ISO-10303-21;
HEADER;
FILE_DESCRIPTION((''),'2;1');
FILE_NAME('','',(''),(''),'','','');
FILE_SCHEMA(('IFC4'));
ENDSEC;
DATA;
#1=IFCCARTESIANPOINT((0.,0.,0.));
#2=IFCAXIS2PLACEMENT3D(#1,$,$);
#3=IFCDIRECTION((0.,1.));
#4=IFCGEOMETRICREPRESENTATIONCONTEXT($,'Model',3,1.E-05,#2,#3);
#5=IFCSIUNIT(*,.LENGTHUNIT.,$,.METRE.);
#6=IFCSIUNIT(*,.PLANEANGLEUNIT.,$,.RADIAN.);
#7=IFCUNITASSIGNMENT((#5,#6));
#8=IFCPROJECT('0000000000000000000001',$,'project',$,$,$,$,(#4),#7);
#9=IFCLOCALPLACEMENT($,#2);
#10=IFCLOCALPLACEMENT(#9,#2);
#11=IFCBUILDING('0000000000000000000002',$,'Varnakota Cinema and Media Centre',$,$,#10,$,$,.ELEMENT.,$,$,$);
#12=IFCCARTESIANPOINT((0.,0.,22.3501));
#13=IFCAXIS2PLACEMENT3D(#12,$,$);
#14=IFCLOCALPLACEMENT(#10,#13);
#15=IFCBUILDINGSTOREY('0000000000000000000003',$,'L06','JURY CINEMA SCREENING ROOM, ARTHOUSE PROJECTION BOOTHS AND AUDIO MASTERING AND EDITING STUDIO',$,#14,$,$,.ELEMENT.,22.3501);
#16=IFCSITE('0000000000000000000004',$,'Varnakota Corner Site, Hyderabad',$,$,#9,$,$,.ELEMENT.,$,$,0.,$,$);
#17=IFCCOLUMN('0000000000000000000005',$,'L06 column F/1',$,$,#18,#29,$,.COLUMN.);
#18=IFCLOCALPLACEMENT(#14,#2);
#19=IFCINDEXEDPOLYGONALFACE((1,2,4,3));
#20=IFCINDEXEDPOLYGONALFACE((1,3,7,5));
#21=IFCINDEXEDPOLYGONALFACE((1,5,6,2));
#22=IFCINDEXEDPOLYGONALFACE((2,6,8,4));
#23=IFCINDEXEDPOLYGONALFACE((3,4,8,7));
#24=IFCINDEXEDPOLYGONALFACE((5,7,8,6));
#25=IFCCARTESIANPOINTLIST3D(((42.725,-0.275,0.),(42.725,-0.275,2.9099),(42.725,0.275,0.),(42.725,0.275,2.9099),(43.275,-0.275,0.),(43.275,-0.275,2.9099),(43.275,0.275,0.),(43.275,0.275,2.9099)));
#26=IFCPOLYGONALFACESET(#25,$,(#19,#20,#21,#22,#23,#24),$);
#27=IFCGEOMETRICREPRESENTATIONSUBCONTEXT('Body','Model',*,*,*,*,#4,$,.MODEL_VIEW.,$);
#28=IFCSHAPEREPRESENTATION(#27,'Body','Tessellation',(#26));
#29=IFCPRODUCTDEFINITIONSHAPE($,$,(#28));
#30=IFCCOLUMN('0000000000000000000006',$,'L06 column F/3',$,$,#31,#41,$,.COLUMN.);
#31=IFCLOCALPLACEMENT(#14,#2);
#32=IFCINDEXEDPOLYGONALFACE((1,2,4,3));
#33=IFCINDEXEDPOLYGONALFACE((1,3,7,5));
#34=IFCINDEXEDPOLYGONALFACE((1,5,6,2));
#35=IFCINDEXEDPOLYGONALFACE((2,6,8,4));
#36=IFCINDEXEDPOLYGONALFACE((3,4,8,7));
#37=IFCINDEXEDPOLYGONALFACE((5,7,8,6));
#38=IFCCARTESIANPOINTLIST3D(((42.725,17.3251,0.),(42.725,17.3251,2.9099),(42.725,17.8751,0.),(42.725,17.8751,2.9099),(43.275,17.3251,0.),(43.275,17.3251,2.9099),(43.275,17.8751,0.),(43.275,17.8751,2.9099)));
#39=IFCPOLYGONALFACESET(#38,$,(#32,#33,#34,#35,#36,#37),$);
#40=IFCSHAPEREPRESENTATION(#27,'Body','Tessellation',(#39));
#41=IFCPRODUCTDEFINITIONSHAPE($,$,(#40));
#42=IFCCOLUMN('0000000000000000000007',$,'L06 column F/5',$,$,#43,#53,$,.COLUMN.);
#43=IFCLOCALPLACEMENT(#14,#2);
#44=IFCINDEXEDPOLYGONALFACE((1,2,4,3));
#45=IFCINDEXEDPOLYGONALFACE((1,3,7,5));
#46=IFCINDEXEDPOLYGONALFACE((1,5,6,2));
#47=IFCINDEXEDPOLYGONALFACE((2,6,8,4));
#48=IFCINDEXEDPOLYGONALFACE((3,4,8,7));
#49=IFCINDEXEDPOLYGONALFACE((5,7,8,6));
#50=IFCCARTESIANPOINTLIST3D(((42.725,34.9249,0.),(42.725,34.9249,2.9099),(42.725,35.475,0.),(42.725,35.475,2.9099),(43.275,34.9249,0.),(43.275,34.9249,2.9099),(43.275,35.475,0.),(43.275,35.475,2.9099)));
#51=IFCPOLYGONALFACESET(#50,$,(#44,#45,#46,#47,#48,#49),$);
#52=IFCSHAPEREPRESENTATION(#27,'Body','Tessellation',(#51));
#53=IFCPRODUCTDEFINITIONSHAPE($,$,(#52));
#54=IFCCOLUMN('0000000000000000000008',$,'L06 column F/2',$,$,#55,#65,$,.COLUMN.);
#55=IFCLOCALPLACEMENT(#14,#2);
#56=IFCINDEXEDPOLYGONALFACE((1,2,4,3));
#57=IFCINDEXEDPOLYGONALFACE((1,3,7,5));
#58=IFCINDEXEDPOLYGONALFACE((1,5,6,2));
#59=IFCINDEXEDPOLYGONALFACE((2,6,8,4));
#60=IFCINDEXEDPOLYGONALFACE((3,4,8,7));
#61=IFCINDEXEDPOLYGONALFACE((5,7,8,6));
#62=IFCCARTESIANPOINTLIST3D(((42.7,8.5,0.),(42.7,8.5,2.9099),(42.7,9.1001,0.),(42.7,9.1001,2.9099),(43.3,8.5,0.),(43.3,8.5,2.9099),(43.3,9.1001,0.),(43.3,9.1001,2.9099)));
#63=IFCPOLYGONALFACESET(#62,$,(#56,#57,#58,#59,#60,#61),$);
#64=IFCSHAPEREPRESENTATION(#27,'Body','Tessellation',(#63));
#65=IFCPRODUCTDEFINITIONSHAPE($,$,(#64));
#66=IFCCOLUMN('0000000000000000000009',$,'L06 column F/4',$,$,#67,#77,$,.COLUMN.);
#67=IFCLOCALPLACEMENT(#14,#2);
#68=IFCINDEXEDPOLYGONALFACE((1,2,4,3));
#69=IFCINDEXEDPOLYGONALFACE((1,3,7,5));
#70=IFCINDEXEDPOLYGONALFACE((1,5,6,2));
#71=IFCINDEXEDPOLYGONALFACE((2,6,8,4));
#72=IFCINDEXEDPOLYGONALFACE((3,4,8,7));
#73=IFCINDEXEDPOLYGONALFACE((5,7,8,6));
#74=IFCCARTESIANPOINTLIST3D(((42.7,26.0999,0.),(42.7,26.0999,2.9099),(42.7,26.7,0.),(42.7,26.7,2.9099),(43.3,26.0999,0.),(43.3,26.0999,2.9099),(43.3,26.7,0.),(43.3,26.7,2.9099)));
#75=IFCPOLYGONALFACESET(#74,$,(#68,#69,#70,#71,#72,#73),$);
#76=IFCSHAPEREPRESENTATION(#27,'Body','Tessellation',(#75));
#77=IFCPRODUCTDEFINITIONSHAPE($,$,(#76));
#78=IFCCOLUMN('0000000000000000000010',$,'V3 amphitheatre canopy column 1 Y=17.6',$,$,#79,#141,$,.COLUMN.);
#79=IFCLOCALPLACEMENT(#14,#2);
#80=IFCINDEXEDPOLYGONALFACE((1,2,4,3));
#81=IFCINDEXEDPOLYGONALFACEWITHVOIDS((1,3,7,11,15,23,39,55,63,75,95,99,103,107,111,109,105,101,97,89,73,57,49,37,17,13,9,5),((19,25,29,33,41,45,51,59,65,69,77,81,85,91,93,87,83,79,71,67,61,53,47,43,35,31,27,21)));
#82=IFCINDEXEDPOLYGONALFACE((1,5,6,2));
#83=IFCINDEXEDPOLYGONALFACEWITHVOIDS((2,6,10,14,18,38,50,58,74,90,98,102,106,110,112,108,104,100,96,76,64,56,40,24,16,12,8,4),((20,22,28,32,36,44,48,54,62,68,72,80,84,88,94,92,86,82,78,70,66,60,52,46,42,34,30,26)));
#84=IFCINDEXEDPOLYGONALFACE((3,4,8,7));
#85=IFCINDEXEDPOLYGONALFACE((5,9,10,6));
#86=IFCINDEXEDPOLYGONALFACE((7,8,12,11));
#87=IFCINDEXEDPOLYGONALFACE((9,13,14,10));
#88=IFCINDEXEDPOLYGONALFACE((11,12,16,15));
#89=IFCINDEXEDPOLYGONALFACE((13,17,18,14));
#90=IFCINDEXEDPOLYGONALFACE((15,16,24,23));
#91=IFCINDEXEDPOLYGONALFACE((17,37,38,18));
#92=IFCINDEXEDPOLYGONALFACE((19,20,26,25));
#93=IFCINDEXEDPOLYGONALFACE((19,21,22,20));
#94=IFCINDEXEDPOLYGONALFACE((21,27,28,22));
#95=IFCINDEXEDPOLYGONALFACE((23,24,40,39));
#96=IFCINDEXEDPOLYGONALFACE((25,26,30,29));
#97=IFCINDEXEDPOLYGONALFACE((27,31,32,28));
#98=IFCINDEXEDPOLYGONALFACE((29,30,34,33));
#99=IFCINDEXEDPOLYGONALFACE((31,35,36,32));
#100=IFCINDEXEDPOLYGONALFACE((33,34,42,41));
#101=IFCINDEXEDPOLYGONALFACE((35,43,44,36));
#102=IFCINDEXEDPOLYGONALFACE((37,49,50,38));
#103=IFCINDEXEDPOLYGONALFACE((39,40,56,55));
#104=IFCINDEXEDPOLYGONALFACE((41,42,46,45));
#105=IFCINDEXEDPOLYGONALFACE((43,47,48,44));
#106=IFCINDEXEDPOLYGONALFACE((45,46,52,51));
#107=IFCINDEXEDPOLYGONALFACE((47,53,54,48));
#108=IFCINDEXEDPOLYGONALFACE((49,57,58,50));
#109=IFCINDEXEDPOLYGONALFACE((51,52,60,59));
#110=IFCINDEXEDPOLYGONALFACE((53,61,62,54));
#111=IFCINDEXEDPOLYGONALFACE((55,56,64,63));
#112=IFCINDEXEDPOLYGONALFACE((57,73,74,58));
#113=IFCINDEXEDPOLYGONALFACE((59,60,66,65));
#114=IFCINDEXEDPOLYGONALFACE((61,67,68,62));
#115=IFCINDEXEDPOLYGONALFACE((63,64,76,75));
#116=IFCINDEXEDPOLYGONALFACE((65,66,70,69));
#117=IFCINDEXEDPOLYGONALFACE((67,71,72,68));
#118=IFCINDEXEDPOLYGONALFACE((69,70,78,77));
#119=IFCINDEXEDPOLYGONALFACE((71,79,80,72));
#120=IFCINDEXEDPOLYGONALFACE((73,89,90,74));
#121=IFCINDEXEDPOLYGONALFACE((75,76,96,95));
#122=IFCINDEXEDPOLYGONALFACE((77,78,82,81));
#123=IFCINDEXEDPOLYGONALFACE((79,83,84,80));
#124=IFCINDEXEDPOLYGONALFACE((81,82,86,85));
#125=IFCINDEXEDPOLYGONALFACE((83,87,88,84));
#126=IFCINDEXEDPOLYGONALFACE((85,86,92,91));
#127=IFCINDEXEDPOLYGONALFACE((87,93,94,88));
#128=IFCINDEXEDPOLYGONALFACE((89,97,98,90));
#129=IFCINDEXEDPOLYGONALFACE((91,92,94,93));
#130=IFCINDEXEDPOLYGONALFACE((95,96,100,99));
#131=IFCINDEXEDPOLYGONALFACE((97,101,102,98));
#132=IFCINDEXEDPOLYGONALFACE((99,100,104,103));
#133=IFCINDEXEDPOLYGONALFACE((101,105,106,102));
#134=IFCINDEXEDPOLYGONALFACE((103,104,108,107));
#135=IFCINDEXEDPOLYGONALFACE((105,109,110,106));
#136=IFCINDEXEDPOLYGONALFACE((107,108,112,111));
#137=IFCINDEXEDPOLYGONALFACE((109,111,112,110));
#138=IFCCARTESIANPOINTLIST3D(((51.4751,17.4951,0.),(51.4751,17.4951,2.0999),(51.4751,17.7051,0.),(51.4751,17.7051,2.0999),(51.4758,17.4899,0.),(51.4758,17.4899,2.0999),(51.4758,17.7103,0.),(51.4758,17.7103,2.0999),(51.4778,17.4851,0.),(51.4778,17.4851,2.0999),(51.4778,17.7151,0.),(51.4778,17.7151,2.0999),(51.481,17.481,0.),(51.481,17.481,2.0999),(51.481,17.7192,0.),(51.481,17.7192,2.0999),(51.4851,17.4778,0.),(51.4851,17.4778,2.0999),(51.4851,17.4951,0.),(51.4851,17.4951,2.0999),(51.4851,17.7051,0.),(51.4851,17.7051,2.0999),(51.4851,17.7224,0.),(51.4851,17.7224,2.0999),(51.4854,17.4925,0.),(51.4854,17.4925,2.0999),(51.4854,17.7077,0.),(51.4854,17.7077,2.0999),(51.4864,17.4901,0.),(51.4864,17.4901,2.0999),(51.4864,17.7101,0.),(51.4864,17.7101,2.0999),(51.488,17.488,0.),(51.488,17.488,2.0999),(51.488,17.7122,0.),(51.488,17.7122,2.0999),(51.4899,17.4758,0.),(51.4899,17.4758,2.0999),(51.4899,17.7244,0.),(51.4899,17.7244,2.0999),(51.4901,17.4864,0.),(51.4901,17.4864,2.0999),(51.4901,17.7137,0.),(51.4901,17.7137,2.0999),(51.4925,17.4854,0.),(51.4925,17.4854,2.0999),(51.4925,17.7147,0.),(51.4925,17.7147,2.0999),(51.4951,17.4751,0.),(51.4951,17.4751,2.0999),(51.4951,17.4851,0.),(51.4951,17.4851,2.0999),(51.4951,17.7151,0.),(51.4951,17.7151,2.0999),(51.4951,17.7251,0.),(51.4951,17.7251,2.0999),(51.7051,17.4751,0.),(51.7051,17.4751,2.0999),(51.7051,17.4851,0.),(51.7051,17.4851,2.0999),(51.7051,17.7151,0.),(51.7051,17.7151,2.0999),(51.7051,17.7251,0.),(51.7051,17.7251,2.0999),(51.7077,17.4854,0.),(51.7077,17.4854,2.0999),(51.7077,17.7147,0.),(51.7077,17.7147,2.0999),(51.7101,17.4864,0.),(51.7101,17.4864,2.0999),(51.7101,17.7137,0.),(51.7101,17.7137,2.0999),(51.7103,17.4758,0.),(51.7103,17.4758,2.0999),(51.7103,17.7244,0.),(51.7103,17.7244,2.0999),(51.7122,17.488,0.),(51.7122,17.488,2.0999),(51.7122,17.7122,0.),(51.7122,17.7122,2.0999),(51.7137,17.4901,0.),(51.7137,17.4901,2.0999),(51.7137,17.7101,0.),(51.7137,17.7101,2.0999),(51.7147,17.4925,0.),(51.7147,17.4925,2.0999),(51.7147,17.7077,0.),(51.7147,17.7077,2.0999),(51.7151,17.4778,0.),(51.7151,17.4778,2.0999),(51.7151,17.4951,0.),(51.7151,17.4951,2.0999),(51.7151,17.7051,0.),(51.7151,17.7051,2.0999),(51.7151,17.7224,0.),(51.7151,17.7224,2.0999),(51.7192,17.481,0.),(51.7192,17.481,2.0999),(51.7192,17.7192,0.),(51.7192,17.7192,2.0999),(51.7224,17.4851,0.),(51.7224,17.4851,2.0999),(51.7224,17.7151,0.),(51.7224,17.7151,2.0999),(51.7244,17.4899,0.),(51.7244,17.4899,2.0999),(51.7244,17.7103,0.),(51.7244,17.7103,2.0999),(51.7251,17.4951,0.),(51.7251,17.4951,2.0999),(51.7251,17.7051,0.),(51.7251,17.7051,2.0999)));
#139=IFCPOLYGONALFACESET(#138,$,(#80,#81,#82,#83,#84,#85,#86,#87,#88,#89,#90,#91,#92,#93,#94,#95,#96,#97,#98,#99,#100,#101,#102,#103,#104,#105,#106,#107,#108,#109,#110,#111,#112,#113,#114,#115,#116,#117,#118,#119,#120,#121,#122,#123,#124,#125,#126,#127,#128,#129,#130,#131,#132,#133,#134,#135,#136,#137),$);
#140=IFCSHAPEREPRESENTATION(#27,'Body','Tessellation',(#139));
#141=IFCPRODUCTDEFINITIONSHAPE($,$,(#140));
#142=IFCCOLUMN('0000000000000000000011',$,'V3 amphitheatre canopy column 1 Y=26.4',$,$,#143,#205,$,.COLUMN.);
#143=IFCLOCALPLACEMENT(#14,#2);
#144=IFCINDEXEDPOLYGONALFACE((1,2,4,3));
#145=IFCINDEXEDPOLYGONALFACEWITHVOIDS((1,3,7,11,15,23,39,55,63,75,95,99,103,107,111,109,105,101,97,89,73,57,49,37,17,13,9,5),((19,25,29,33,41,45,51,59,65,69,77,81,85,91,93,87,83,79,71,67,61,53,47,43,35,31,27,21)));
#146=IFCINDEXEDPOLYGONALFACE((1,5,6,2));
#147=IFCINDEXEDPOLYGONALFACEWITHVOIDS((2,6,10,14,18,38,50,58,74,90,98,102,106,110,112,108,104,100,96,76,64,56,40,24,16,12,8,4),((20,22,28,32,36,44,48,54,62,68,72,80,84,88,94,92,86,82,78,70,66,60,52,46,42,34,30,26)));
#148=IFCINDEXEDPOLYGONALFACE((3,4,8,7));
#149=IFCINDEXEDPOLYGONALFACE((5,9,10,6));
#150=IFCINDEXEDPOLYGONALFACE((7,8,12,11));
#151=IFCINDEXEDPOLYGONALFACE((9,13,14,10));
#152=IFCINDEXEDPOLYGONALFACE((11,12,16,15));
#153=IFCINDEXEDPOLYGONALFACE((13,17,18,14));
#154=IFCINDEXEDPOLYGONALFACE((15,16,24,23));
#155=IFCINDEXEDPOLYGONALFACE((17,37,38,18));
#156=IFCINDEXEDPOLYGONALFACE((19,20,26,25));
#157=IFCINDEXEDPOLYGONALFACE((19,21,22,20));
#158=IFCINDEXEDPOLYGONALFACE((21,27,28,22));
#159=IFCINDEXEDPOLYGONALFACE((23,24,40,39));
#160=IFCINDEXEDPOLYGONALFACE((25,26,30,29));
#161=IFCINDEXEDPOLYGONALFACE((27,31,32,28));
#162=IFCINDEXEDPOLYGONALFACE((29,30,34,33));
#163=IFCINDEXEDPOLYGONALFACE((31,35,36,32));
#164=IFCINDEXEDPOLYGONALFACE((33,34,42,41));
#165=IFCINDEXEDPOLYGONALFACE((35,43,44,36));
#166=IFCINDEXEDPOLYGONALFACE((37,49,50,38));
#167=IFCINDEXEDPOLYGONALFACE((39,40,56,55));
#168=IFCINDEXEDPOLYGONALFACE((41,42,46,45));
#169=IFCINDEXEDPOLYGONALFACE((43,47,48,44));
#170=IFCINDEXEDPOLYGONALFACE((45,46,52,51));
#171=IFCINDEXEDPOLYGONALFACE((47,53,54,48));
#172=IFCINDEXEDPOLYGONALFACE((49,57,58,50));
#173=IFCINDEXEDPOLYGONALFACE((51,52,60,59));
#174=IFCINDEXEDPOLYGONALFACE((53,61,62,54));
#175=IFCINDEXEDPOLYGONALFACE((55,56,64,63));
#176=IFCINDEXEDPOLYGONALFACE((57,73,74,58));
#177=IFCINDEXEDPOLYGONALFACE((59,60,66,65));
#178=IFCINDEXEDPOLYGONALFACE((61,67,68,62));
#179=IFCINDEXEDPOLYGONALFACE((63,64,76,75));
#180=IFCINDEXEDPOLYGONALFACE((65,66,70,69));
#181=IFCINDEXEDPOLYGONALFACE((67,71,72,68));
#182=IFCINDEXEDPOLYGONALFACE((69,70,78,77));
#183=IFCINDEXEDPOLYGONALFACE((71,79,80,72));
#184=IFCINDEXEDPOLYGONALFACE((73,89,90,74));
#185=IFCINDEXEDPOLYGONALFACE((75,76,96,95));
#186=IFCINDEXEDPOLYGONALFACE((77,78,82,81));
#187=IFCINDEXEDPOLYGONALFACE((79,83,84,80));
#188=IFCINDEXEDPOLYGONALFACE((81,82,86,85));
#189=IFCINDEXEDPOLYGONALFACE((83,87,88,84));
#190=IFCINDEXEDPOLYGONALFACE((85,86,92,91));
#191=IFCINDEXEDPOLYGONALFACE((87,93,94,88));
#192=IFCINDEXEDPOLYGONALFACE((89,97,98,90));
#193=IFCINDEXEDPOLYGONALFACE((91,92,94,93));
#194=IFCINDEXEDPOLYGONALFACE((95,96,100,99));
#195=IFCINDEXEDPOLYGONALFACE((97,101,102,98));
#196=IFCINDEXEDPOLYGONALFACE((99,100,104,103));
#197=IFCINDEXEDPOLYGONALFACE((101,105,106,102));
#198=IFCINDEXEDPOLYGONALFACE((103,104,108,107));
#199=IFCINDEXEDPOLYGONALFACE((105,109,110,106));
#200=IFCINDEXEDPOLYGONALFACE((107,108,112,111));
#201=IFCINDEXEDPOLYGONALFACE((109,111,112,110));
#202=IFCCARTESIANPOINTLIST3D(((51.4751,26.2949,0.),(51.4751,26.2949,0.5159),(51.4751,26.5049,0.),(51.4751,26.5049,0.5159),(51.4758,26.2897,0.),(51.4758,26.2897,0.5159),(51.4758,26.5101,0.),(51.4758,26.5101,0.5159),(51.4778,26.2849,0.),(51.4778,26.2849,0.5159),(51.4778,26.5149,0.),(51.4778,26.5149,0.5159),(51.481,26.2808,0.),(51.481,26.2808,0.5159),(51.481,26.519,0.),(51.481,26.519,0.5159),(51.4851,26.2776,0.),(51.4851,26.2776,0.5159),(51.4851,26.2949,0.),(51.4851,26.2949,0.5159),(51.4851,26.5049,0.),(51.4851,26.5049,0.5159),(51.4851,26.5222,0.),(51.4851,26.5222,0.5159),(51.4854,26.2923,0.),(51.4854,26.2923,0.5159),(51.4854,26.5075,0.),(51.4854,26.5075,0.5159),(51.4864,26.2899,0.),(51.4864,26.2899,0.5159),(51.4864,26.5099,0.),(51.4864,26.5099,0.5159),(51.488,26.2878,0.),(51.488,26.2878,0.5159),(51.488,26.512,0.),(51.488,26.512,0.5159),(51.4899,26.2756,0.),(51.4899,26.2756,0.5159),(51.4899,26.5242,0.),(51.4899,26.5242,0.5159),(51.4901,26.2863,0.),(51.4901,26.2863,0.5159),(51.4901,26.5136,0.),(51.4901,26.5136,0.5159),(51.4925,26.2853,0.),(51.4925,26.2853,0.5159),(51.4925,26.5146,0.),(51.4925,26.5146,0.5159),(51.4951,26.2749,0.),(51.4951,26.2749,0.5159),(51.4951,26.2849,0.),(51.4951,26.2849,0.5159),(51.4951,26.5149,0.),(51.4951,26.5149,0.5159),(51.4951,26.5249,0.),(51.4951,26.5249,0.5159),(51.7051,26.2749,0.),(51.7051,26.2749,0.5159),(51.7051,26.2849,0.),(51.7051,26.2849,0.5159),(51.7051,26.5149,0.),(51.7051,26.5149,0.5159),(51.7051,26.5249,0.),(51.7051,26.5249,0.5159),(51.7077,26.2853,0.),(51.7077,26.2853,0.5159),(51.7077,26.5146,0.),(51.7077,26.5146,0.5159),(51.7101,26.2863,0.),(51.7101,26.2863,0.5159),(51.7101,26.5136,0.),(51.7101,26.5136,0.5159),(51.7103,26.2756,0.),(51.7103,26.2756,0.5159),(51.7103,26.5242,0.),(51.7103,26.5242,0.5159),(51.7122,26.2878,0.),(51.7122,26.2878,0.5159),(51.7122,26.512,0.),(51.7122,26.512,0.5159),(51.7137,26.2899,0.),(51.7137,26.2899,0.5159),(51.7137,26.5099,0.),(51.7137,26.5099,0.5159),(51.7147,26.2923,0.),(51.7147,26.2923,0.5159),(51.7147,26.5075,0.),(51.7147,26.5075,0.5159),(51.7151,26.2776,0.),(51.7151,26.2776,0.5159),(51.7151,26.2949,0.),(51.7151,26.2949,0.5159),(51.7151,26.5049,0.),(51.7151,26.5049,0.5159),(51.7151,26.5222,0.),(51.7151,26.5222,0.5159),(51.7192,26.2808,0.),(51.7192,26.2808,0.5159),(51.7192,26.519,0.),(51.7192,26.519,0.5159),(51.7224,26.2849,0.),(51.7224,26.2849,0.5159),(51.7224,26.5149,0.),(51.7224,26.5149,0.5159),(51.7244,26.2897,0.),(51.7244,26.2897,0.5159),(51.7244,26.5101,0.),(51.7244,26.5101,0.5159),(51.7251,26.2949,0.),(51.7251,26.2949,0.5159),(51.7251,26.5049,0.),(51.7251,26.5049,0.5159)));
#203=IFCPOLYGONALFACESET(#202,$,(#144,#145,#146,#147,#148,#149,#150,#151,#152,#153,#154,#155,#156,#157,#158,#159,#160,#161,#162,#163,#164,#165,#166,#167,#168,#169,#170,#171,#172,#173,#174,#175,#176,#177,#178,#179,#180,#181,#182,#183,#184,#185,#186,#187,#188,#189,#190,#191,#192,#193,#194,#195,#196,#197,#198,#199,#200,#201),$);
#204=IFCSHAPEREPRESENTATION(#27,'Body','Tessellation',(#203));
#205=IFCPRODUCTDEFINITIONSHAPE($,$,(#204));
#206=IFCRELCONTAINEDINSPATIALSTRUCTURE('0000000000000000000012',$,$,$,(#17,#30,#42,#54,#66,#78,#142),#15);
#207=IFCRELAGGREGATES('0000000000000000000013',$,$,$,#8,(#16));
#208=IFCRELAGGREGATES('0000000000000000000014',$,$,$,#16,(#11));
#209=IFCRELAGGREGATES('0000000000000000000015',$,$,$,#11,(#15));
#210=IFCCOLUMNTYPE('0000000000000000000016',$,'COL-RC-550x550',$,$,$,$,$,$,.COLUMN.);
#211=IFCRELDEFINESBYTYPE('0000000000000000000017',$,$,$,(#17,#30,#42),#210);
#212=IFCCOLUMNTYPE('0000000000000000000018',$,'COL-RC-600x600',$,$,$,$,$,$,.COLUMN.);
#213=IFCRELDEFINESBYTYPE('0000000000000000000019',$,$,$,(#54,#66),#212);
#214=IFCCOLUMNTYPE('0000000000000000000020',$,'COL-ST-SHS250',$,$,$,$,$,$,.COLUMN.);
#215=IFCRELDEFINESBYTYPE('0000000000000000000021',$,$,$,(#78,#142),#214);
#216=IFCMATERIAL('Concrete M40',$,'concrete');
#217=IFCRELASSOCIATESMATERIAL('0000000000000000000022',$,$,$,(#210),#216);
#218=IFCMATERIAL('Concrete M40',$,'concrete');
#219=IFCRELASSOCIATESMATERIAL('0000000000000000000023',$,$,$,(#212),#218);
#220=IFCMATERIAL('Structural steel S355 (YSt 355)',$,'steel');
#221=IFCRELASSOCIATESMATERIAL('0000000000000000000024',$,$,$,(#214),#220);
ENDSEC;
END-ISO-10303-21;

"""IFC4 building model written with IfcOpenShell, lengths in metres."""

from ifc_helpers import new_model, si_unit, direction, frame, origin, origin_2d, place, context, subcontext, project, spatial, rectangle, hollow_rectangle, extrude, material, material_profile, profile_set, type_object, element, save


model = new_model("IFC4")

# Units and contexts
model_context = context("Model", 3, precision=1e-05, world=origin(), true_north=direction((0.0, 1.0)))
body_context = subcontext(model_context, "Body", "Model", "MODEL_VIEW")
ifc_project = project(units=[si_unit("LENGTHUNIT", "METRE"), si_unit("PLANEANGLEUNIT", "RADIAN")], contexts=[model_context])

# Site, building, storey
site_placement = place(None, origin())
site = spatial("IfcSite", under=ifc_project, at=site_placement, Name="Varnakota Corner Site, Hyderabad", CompositionType="ELEMENT", RefElevation=0.0)
building_placement = place(site_placement, origin())
building = spatial("IfcBuilding", under=site, at=building_placement, Name="Varnakota Cinema and Media Centre", CompositionType="ELEMENT")
storey_placement = place(building_placement, frame((0.0, 0.0, 22.3501)))
storey = spatial("IfcBuildingStorey", under=building, at=storey_placement, Name="L06", Description="JURY CINEMA SCREENING ROOM, ARTHOUSE PROJECTION BOOTHS AND AUDIO MASTERING AND EDITING STUDIO", CompositionType="ELEMENT", Elevation=22.3501)

# Columns
ifc_material_1 = material(Name="Concrete M40", Category="concrete")
ifc_material_profile_1 = material_profile(ifc_material_1, rectangle(XDim=0.55, YDim=0.55, at=origin_2d()), Name="RC 550x550")
ifc_profile_set_1 = profile_set([ifc_material_profile_1], Name="Concrete M40")
column_type_1 = type_object("IfcColumnType", Name="COL-RC-550x550", PredefinedType="COLUMN", material=ifc_profile_set_1)
for number, where, z_axis, x_axis, name in (
    (1, (43.0, 0.0, 0.0), (0.0, 0.0, 1.0), (1.0, 0.0, 0.0), "L06 column F/1"),
    (2, (43.0, 17.6001, 0.0), (0.0, 0.0, 1.0), (1.0, 0.0, 0.0), "L06 column F/3"),
    (3, (43.0, 35.2, 0.0), (0.0, 0.0, 1.0), (1.0, 0.0, 0.0), "L06 column F/5"),
):
    element("IfcColumn", number, at=place(storey_placement, frame(where, z_axis=z_axis, x_axis=x_axis)), inside=storey, type_object=column_type_1, Name=name, PredefinedType="COLUMN", context=body_context, shape_type="SweptSolid", body=[
        extrude(rectangle(XDim=0.55, YDim=0.55, at=origin_2d()), origin(), (0.0, 0.0, 1.0), 2.9099),
    ])
ifc_material_2 = material(Name="Concrete M40", Category="concrete")
ifc_material_profile_2 = material_profile(ifc_material_2, rectangle(XDim=0.6001, YDim=0.6001, at=origin_2d()), Name="RC 600x600")
ifc_profile_set_2 = profile_set([ifc_material_profile_2], Name="Concrete M40")
column_type_2 = type_object("IfcColumnType", Name="COL-RC-600x600", PredefinedType="COLUMN", material=ifc_profile_set_2)
for number, where, z_axis, x_axis, name in (
    (4, (43.0, 8.8, 0.0), (0.0, 0.0, 1.0), (1.0, 0.0, 0.0), "L06 column F/2"),
    (5, (43.0, 26.3999, 0.0), (0.0, 0.0, 1.0), (1.0, 0.0, 0.0), "L06 column F/4"),
):
    element("IfcColumn", number, at=place(storey_placement, frame(where, z_axis=z_axis, x_axis=x_axis)), inside=storey, type_object=column_type_2, Name=name, PredefinedType="COLUMN", context=body_context, shape_type="SweptSolid", body=[
        extrude(rectangle(XDim=0.6001, YDim=0.6001, at=origin_2d()), origin(), (0.0, 0.0, 1.0), 2.9099),
    ])
ifc_material_3 = material(Name="Structural steel S355 (YSt 355)", Category="steel")
ifc_material_profile_3 = material_profile(ifc_material_3, hollow_rectangle(XDim=0.25, YDim=0.25, WallThickness=0.01, InnerFilletRadius=0.01, OuterFilletRadius=0.02, at=origin_2d()), Name="SHS 250x250x10")
ifc_profile_set_3 = profile_set([ifc_material_profile_3], Name="Structural steel S355 (YSt 355)")
column_type_3 = type_object("IfcColumnType", Name="COL-ST-SHS250", PredefinedType="COLUMN", material=ifc_profile_set_3)
column_1_placement = place(storey_placement, frame((51.6001, 17.6001, 0.0), z_axis=(0.0, 0.0, 1.0), x_axis=(1.0, 0.0, 0.0)))
element("IfcColumn", 6, at=column_1_placement, inside=storey, type_object=column_type_3, Name="V3 amphitheatre canopy column 1 Y=17.6", PredefinedType="COLUMN", context=body_context, shape_type="SweptSolid", body=[
    extrude(hollow_rectangle(XDim=0.25, YDim=0.25, WallThickness=0.01, InnerFilletRadius=0.01, OuterFilletRadius=0.02, at=origin_2d()), origin(), (0.0, 0.0, 1.0), 2.0999),
])
column_2_placement = place(storey_placement, frame((51.6001, 26.3999, 0.0), z_axis=(0.0, 0.0, 1.0), x_axis=(1.0, 0.0, 0.0)))
element("IfcColumn", 7, at=column_2_placement, inside=storey, type_object=column_type_3, Name="V3 amphitheatre canopy column 1 Y=26.4", PredefinedType="COLUMN", context=body_context, shape_type="SweptSolid", body=[
    extrude(hollow_rectangle(XDim=0.25, YDim=0.25, WallThickness=0.01, InnerFilletRadius=0.01, OuterFilletRadius=0.02, at=origin_2d()), origin(), (0.0, 0.0, 1.0), 0.5159),
])

save(model, "model.ifc")
